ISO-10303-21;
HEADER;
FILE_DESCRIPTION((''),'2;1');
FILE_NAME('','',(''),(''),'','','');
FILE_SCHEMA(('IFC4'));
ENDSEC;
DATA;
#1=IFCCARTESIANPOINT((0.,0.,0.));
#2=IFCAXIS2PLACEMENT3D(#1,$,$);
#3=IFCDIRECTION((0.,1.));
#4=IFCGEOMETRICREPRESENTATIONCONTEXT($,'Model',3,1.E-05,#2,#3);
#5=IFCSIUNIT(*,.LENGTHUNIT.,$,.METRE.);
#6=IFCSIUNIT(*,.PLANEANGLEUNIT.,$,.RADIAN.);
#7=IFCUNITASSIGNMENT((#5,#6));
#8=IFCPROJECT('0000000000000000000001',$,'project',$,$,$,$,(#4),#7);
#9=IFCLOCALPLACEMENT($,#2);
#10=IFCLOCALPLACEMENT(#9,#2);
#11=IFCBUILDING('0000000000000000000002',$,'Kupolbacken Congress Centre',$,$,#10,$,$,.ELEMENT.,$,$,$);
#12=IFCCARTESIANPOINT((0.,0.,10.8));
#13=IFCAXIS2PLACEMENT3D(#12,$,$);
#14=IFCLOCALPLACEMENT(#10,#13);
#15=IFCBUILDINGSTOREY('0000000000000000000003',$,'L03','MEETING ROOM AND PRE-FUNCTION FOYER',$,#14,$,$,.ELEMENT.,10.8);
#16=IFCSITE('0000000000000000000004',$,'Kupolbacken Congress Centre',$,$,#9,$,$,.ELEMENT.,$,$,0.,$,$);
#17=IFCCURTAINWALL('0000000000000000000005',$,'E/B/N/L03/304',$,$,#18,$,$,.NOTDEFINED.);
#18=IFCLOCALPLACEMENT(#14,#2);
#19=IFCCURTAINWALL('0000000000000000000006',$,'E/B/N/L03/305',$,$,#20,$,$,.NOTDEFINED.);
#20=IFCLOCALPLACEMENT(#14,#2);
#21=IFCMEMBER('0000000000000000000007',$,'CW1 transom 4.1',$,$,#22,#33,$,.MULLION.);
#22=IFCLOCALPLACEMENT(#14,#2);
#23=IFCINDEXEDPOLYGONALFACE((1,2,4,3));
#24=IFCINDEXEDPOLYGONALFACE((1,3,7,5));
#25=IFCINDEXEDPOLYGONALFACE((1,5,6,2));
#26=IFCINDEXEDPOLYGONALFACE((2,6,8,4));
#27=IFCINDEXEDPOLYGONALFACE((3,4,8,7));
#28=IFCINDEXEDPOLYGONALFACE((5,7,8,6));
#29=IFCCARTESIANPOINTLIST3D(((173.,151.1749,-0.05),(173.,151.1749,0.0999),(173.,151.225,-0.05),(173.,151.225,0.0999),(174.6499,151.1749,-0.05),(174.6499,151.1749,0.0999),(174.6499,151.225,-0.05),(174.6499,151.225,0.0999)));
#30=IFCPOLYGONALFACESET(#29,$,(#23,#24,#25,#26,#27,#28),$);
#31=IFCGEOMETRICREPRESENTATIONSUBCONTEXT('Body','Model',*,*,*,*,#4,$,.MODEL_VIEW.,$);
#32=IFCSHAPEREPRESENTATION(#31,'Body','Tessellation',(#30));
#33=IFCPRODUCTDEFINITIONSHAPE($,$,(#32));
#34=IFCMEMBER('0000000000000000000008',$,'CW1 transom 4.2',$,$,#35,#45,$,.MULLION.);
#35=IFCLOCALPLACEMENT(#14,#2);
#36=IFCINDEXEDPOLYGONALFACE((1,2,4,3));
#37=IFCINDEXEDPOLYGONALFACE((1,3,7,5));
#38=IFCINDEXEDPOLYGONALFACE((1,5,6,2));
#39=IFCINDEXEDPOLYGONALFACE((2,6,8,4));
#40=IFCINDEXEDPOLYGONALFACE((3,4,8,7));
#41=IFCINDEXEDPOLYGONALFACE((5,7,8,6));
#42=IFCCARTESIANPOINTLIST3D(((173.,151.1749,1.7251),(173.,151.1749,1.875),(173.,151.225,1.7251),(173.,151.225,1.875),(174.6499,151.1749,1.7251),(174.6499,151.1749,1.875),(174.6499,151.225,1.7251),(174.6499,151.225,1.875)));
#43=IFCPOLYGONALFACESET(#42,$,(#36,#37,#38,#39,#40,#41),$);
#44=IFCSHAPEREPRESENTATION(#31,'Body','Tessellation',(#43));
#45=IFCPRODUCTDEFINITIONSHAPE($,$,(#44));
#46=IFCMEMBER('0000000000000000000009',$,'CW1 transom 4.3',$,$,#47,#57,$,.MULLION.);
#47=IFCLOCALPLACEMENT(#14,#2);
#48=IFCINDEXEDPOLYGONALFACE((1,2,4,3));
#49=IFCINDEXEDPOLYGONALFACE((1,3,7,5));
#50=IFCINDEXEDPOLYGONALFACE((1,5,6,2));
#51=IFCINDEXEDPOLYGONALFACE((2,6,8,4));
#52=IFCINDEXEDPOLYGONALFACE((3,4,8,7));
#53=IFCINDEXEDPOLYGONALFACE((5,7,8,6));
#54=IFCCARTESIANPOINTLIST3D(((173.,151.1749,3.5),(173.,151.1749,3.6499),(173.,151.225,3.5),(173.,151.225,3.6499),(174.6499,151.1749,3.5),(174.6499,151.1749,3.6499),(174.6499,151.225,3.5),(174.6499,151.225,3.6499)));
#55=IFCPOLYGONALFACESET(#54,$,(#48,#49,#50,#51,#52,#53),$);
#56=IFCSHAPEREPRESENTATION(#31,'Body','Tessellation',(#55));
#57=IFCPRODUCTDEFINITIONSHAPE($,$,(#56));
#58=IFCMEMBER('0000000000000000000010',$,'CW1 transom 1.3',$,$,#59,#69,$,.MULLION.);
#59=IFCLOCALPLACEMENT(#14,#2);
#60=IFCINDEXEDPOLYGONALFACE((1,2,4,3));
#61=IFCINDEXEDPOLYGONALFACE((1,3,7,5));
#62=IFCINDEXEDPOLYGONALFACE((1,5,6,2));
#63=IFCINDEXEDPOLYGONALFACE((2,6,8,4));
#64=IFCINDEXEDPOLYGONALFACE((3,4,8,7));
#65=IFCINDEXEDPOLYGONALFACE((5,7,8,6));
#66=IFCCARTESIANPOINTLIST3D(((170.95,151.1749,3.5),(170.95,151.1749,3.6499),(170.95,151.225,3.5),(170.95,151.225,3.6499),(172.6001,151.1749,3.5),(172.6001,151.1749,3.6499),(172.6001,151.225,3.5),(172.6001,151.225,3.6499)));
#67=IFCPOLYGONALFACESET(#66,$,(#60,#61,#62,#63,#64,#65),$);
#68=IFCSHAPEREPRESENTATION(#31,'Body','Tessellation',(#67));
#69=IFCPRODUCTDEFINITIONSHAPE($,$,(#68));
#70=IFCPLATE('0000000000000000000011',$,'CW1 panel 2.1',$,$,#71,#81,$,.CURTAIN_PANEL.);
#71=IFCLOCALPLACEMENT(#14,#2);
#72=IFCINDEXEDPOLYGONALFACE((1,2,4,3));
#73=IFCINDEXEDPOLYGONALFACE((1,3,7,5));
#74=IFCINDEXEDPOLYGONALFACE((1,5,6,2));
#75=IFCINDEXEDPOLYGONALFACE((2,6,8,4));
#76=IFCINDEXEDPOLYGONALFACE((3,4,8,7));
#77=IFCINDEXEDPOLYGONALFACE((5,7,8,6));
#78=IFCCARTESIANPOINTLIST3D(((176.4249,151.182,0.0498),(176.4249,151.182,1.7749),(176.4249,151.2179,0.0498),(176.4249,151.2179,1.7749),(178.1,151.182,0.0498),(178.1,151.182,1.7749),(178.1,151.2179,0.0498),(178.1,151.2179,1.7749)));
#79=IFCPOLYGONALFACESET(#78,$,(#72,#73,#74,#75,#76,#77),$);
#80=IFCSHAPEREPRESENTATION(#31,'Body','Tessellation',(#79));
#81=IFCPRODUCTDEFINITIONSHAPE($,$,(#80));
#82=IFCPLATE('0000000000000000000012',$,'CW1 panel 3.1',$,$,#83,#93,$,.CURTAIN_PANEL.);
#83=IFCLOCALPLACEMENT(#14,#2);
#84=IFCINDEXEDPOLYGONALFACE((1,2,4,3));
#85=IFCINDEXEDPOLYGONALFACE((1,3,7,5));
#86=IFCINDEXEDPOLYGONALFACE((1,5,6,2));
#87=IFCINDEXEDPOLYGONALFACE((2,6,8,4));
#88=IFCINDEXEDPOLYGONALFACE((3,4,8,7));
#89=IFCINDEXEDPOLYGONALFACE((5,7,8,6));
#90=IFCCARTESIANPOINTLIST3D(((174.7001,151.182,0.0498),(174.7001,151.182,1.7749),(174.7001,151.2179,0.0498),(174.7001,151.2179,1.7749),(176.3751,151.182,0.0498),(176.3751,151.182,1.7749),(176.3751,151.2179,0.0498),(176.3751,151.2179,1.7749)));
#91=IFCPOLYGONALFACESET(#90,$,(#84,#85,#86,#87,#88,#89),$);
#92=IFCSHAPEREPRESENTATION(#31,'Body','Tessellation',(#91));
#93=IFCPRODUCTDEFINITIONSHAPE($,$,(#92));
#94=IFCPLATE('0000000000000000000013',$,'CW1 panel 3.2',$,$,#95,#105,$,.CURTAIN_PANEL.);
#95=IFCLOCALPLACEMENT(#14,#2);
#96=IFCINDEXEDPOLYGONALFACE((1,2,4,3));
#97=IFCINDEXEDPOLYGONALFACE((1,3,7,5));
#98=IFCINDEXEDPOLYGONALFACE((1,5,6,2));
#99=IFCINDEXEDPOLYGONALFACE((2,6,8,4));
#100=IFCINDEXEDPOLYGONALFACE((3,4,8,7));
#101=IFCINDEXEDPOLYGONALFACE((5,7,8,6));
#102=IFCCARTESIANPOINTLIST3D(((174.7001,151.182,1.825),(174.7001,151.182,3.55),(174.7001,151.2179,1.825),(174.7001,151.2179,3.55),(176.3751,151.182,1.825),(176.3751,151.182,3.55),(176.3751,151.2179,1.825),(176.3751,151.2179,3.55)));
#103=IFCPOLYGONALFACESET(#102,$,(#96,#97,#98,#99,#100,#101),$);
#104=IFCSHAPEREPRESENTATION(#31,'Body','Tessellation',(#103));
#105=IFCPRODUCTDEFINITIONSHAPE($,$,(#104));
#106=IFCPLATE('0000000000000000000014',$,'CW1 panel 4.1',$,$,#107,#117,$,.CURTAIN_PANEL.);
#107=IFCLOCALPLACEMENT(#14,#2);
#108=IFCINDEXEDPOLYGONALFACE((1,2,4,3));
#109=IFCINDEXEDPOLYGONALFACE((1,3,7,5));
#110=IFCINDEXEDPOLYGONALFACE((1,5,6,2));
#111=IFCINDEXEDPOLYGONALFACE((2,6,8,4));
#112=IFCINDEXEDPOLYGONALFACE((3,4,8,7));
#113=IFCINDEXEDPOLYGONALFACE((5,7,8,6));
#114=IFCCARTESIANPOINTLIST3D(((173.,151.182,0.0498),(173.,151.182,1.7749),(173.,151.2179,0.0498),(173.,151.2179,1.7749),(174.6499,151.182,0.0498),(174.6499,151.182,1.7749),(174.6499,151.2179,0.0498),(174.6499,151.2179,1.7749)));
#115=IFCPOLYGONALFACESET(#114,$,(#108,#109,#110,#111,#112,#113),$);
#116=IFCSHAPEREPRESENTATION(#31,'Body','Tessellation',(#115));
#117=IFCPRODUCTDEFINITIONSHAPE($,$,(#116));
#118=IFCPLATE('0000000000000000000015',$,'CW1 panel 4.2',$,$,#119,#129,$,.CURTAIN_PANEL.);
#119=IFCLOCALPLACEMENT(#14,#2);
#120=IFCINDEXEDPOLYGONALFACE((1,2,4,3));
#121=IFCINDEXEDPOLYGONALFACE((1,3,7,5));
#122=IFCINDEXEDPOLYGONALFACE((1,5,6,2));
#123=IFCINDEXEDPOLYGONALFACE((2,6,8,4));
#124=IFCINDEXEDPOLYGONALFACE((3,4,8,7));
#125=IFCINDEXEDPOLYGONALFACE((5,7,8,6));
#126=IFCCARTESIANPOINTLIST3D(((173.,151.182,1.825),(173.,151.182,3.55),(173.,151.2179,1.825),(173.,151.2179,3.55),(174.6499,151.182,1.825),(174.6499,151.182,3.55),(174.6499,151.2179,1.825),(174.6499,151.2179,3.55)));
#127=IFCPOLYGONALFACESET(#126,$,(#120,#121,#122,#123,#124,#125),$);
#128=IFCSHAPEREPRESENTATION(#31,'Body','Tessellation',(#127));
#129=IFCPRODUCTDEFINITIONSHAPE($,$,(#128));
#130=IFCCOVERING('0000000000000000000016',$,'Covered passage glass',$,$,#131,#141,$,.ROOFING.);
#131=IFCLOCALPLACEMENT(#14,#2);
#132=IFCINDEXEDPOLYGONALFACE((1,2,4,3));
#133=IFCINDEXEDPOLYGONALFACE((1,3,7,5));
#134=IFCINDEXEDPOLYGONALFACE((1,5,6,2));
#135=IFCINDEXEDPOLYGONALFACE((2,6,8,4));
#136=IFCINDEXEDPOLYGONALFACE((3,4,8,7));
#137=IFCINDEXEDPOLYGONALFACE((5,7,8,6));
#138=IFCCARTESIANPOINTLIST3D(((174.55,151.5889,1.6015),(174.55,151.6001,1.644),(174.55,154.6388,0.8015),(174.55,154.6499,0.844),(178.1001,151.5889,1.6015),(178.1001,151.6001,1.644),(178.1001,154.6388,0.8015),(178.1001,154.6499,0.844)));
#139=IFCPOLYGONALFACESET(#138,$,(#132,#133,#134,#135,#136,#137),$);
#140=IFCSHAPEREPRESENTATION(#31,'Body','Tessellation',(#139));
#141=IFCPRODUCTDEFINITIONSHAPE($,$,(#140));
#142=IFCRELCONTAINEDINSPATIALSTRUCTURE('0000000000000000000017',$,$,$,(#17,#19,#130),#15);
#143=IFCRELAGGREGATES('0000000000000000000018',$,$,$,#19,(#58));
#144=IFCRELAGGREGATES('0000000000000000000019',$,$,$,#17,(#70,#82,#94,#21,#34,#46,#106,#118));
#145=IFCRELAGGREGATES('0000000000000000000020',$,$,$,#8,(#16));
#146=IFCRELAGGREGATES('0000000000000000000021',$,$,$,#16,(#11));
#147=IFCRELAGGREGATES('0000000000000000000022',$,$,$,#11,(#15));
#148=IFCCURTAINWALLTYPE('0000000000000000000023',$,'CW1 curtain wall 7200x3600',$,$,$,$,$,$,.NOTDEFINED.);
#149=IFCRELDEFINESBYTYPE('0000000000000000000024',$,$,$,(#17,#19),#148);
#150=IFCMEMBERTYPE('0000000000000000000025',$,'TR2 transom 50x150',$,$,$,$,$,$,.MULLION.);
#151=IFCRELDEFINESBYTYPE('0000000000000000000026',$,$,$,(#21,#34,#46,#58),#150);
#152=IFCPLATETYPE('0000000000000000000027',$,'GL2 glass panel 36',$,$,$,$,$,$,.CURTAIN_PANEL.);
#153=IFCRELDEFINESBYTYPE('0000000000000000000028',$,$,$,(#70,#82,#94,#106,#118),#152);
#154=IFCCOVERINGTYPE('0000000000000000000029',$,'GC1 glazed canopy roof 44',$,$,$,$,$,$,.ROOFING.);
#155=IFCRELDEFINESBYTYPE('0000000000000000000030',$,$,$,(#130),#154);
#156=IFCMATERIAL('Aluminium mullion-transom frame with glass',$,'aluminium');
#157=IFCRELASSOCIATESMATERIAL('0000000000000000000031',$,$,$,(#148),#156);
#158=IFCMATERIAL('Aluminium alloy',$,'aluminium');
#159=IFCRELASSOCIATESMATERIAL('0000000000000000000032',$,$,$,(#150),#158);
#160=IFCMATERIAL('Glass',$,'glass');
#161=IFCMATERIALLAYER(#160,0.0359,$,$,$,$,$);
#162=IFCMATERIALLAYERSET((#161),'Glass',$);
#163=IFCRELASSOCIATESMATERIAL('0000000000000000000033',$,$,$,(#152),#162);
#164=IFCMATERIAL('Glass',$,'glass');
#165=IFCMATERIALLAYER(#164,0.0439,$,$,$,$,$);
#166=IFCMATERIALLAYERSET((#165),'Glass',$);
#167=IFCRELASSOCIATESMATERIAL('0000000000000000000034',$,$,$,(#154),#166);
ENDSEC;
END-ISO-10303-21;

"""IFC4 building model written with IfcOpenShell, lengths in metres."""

from ifc_helpers import new_model, si_unit, direction, frame, origin, origin_2d, place, context, subcontext, project, spatial, polyline, rectangle, outline, extrude, material, layer, layer_set, material_profile, profile_set, type_object, element, aggregate, save


model = new_model("IFC4")

# Units and contexts
model_context = context("Model", 3, precision=1e-05, world=origin(), true_north=direction((0.0, 1.0)))
body_context = subcontext(model_context, "Body", "Model", "MODEL_VIEW")
ifc_project = project(units=[si_unit("LENGTHUNIT", "METRE"), si_unit("PLANEANGLEUNIT", "RADIAN")], contexts=[model_context])

# Site, building, storey
site_placement = place(None, origin())
site = spatial("IfcSite", under=ifc_project, at=site_placement, Name="Kupolbacken Congress Centre", CompositionType="ELEMENT", RefElevation=0.0)
building_placement = place(site_placement, origin())
building = spatial("IfcBuilding", under=site, at=building_placement, Name="Kupolbacken Congress Centre", CompositionType="ELEMENT")
storey_placement = place(building_placement, frame((0.0, 0.0, 10.8)))
storey = spatial("IfcBuildingStorey", under=building, at=storey_placement, Name="L03", Description="MEETING ROOM AND PRE-FUNCTION FOYER", CompositionType="ELEMENT", Elevation=10.8)

# Curtain wall
ifc_material_1 = material(Name="Aluminium mullion-transom frame with glass", Category="aluminium")
curtain_wall_type = type_object("IfcCurtainWallType", Name="CW1 curtain wall 7200x3600", PredefinedType="NOTDEFINED", material=ifc_material_1)
curtain_wall_1_placement = place(storey_placement, origin())
curtain_wall_1 = element("IfcCurtainWall", 1, at=curtain_wall_1_placement, inside=storey, type_object=curtain_wall_type, Name="E/B/N/L03/304", PredefinedType="NOTDEFINED")

# Curtain wall
curtain_wall_2_placement = place(storey_placement, origin())
curtain_wall_2 = element("IfcCurtainWall", 2, at=curtain_wall_2_placement, inside=storey, type_object=curtain_wall_type, Name="E/B/N/L03/305", PredefinedType="NOTDEFINED")

# Members
ifc_material_2 = material(Name="Aluminium alloy", Category="aluminium")
ifc_material_profile_1 = material_profile(ifc_material_2, rectangle(XDim=0.05, YDim=0.1499, at=origin_2d()), Name="50 x 150")
ifc_profile_set_1 = profile_set([ifc_material_profile_1], Name="Aluminium alloy")
member_type_1 = type_object("IfcMemberType", Name="TR2 transom 50x150", PredefinedType="MULLION", material=ifc_profile_set_1)
member_1_placement = place(storey_placement, frame((174.6499, 151.2, 0.0249), z_axis=(-1.0, 0.0, 0.0), x_axis=(0.0, -1.0, 0.0)))
member_1 = element("IfcMember", 3, at=member_1_placement, type_object=member_type_1, Name="CW1 transom 4.1", PredefinedType="MULLION", context=body_context, shape_type="SweptSolid", body=[
    extrude(rectangle(XDim=0.05, YDim=0.1499, at=origin_2d()), origin(), (0.0, 0.0, 1.0), 1.6499),
])
member_2_placement = place(storey_placement, frame((174.6499, 151.2, 1.8), z_axis=(-1.0, 0.0, 0.0), x_axis=(0.0, -1.0, 0.0)))
member_2 = element("IfcMember", 4, at=member_2_placement, type_object=member_type_1, Name="CW1 transom 4.2", PredefinedType="MULLION", context=body_context, shape_type="SweptSolid", body=[
    extrude(rectangle(XDim=0.05, YDim=0.1499, at=origin_2d()), origin(), (0.0, 0.0, 1.0), 1.6499),
])
member_3_placement = place(storey_placement, frame((174.6499, 151.2, 3.575), z_axis=(-1.0, 0.0, 0.0), x_axis=(0.0, -1.0, 0.0)))
member_3 = element("IfcMember", 5, at=member_3_placement, type_object=member_type_1, Name="CW1 transom 4.3", PredefinedType="MULLION", context=body_context, shape_type="SweptSolid", body=[
    extrude(rectangle(XDim=0.05, YDim=0.1499, at=origin_2d()), origin(), (0.0, 0.0, 1.0), 1.6499),
])
member_4_placement = place(storey_placement, frame((172.6001, 151.2, 3.575), z_axis=(-1.0, 0.0, 0.0), x_axis=(0.0, -1.0, 0.0)))
member_4 = element("IfcMember", 6, at=member_4_placement, type_object=member_type_1, Name="CW1 transom 1.3", PredefinedType="MULLION", context=body_context, shape_type="SweptSolid", body=[
    extrude(rectangle(XDim=0.05, YDim=0.1499, at=origin_2d()), origin(), (0.0, 0.0, 1.0), 1.6501),
])
aggregate(curtain_wall_2, [member_4])

# Plates
ifc_material_3 = material(Name="Glass", Category="glass")
ifc_layer_1 = layer(ifc_material_3, 0.0359)
ifc_layer_set_1 = layer_set([ifc_layer_1], Name="Glass")
plate_type = type_object("IfcPlateType", Name="GL2 glass panel 36", PredefinedType="CURTAIN_PANEL", material=ifc_layer_set_1)
plate_1_placement = place(storey_placement, frame((177.2625, 151.2, 0.0498), z_axis=(0.0, 0.0, 1.0), x_axis=(-1.0, 0.0, 0.0)))
plate_1 = element("IfcPlate", 7, at=plate_1_placement, type_object=plate_type, Name="CW1 panel 2.1", PredefinedType="CURTAIN_PANEL", context=body_context, shape_type="SweptSolid", body=[
    extrude(rectangle(XDim=1.675, YDim=0.0359, at=origin_2d()), origin(), (0.0, 0.0, 1.0), 1.7251),
])
plate_2_placement = place(storey_placement, frame((175.5376, 151.2, 0.0498), z_axis=(0.0, 0.0, 1.0), x_axis=(-1.0, 0.0, 0.0)))
plate_2 = element("IfcPlate", 8, at=plate_2_placement, type_object=plate_type, Name="CW1 panel 3.1", PredefinedType="CURTAIN_PANEL", context=body_context, shape_type="SweptSolid", body=[
    extrude(rectangle(XDim=1.675, YDim=0.0359, at=origin_2d()), origin(), (0.0, 0.0, 1.0), 1.7251),
])
plate_3_placement = place(storey_placement, frame((175.5376, 151.2, 1.825), z_axis=(0.0, 0.0, 1.0), x_axis=(-1.0, 0.0, 0.0)))
plate_3 = element("IfcPlate", 9, at=plate_3_placement, type_object=plate_type, Name="CW1 panel 3.2", PredefinedType="CURTAIN_PANEL", context=body_context, shape_type="SweptSolid", body=[
    extrude(rectangle(XDim=1.675, YDim=0.0359, at=origin_2d()), origin(), (0.0, 0.0, 1.0), 1.7251),
])
plate_4_placement = place(storey_placement, frame((173.825, 151.2, 0.0498), z_axis=(0.0, 0.0, 1.0), x_axis=(-1.0, 0.0, 0.0)))
plate_4 = element("IfcPlate", 10, at=plate_4_placement, type_object=plate_type, Name="CW1 panel 4.1", PredefinedType="CURTAIN_PANEL", context=body_context, shape_type="SweptSolid", body=[
    extrude(rectangle(XDim=1.6499, YDim=0.0359, at=origin_2d()), origin(), (0.0, 0.0, 1.0), 1.7251),
])
plate_5_placement = place(storey_placement, frame((173.825, 151.2, 1.825), z_axis=(0.0, 0.0, 1.0), x_axis=(-1.0, 0.0, 0.0)))
plate_5 = element("IfcPlate", 11, at=plate_5_placement, type_object=plate_type, Name="CW1 panel 4.2", PredefinedType="CURTAIN_PANEL", context=body_context, shape_type="SweptSolid", body=[
    extrude(rectangle(XDim=1.6499, YDim=0.0359, at=origin_2d()), origin(), (0.0, 0.0, 1.0), 1.7251),
])
aggregate(curtain_wall_1, [plate_1, plate_2, plate_3, member_1, member_2, member_3, plate_4, plate_5])

# Covering
ifc_material_4 = material(Name="Glass", Category="glass")
ifc_layer_2 = layer(ifc_material_4, 0.0439)
ifc_layer_set_2 = layer_set([ifc_layer_2], Name="Glass")
covering_type = type_object("IfcCoveringType", Name="GC1 glazed canopy roof 44", PredefinedType="ROOFING", material=ifc_layer_set_2)
covering_placement = place(storey_placement, frame((174.55, 151.6001, 1.644), z_axis=(0.0, 0.253742, 0.967272), x_axis=(1.0, 0.0, 0.0)))
element("IfcCovering", 12, at=covering_placement, inside=storey, type_object=covering_type, Name="Covered passage glass", PredefinedType="ROOFING", context=body_context, shape_type="SweptSolid", body=[
    extrude(outline(polyline([(0.0, 0.0), (3.55, 0.0), (3.55, 3.153), (0.0, 3.153), (0.0, 0.0)])), origin(), (0.0, 0.0, -1.0), 0.0439),
])

save(model, "model.ifc")
